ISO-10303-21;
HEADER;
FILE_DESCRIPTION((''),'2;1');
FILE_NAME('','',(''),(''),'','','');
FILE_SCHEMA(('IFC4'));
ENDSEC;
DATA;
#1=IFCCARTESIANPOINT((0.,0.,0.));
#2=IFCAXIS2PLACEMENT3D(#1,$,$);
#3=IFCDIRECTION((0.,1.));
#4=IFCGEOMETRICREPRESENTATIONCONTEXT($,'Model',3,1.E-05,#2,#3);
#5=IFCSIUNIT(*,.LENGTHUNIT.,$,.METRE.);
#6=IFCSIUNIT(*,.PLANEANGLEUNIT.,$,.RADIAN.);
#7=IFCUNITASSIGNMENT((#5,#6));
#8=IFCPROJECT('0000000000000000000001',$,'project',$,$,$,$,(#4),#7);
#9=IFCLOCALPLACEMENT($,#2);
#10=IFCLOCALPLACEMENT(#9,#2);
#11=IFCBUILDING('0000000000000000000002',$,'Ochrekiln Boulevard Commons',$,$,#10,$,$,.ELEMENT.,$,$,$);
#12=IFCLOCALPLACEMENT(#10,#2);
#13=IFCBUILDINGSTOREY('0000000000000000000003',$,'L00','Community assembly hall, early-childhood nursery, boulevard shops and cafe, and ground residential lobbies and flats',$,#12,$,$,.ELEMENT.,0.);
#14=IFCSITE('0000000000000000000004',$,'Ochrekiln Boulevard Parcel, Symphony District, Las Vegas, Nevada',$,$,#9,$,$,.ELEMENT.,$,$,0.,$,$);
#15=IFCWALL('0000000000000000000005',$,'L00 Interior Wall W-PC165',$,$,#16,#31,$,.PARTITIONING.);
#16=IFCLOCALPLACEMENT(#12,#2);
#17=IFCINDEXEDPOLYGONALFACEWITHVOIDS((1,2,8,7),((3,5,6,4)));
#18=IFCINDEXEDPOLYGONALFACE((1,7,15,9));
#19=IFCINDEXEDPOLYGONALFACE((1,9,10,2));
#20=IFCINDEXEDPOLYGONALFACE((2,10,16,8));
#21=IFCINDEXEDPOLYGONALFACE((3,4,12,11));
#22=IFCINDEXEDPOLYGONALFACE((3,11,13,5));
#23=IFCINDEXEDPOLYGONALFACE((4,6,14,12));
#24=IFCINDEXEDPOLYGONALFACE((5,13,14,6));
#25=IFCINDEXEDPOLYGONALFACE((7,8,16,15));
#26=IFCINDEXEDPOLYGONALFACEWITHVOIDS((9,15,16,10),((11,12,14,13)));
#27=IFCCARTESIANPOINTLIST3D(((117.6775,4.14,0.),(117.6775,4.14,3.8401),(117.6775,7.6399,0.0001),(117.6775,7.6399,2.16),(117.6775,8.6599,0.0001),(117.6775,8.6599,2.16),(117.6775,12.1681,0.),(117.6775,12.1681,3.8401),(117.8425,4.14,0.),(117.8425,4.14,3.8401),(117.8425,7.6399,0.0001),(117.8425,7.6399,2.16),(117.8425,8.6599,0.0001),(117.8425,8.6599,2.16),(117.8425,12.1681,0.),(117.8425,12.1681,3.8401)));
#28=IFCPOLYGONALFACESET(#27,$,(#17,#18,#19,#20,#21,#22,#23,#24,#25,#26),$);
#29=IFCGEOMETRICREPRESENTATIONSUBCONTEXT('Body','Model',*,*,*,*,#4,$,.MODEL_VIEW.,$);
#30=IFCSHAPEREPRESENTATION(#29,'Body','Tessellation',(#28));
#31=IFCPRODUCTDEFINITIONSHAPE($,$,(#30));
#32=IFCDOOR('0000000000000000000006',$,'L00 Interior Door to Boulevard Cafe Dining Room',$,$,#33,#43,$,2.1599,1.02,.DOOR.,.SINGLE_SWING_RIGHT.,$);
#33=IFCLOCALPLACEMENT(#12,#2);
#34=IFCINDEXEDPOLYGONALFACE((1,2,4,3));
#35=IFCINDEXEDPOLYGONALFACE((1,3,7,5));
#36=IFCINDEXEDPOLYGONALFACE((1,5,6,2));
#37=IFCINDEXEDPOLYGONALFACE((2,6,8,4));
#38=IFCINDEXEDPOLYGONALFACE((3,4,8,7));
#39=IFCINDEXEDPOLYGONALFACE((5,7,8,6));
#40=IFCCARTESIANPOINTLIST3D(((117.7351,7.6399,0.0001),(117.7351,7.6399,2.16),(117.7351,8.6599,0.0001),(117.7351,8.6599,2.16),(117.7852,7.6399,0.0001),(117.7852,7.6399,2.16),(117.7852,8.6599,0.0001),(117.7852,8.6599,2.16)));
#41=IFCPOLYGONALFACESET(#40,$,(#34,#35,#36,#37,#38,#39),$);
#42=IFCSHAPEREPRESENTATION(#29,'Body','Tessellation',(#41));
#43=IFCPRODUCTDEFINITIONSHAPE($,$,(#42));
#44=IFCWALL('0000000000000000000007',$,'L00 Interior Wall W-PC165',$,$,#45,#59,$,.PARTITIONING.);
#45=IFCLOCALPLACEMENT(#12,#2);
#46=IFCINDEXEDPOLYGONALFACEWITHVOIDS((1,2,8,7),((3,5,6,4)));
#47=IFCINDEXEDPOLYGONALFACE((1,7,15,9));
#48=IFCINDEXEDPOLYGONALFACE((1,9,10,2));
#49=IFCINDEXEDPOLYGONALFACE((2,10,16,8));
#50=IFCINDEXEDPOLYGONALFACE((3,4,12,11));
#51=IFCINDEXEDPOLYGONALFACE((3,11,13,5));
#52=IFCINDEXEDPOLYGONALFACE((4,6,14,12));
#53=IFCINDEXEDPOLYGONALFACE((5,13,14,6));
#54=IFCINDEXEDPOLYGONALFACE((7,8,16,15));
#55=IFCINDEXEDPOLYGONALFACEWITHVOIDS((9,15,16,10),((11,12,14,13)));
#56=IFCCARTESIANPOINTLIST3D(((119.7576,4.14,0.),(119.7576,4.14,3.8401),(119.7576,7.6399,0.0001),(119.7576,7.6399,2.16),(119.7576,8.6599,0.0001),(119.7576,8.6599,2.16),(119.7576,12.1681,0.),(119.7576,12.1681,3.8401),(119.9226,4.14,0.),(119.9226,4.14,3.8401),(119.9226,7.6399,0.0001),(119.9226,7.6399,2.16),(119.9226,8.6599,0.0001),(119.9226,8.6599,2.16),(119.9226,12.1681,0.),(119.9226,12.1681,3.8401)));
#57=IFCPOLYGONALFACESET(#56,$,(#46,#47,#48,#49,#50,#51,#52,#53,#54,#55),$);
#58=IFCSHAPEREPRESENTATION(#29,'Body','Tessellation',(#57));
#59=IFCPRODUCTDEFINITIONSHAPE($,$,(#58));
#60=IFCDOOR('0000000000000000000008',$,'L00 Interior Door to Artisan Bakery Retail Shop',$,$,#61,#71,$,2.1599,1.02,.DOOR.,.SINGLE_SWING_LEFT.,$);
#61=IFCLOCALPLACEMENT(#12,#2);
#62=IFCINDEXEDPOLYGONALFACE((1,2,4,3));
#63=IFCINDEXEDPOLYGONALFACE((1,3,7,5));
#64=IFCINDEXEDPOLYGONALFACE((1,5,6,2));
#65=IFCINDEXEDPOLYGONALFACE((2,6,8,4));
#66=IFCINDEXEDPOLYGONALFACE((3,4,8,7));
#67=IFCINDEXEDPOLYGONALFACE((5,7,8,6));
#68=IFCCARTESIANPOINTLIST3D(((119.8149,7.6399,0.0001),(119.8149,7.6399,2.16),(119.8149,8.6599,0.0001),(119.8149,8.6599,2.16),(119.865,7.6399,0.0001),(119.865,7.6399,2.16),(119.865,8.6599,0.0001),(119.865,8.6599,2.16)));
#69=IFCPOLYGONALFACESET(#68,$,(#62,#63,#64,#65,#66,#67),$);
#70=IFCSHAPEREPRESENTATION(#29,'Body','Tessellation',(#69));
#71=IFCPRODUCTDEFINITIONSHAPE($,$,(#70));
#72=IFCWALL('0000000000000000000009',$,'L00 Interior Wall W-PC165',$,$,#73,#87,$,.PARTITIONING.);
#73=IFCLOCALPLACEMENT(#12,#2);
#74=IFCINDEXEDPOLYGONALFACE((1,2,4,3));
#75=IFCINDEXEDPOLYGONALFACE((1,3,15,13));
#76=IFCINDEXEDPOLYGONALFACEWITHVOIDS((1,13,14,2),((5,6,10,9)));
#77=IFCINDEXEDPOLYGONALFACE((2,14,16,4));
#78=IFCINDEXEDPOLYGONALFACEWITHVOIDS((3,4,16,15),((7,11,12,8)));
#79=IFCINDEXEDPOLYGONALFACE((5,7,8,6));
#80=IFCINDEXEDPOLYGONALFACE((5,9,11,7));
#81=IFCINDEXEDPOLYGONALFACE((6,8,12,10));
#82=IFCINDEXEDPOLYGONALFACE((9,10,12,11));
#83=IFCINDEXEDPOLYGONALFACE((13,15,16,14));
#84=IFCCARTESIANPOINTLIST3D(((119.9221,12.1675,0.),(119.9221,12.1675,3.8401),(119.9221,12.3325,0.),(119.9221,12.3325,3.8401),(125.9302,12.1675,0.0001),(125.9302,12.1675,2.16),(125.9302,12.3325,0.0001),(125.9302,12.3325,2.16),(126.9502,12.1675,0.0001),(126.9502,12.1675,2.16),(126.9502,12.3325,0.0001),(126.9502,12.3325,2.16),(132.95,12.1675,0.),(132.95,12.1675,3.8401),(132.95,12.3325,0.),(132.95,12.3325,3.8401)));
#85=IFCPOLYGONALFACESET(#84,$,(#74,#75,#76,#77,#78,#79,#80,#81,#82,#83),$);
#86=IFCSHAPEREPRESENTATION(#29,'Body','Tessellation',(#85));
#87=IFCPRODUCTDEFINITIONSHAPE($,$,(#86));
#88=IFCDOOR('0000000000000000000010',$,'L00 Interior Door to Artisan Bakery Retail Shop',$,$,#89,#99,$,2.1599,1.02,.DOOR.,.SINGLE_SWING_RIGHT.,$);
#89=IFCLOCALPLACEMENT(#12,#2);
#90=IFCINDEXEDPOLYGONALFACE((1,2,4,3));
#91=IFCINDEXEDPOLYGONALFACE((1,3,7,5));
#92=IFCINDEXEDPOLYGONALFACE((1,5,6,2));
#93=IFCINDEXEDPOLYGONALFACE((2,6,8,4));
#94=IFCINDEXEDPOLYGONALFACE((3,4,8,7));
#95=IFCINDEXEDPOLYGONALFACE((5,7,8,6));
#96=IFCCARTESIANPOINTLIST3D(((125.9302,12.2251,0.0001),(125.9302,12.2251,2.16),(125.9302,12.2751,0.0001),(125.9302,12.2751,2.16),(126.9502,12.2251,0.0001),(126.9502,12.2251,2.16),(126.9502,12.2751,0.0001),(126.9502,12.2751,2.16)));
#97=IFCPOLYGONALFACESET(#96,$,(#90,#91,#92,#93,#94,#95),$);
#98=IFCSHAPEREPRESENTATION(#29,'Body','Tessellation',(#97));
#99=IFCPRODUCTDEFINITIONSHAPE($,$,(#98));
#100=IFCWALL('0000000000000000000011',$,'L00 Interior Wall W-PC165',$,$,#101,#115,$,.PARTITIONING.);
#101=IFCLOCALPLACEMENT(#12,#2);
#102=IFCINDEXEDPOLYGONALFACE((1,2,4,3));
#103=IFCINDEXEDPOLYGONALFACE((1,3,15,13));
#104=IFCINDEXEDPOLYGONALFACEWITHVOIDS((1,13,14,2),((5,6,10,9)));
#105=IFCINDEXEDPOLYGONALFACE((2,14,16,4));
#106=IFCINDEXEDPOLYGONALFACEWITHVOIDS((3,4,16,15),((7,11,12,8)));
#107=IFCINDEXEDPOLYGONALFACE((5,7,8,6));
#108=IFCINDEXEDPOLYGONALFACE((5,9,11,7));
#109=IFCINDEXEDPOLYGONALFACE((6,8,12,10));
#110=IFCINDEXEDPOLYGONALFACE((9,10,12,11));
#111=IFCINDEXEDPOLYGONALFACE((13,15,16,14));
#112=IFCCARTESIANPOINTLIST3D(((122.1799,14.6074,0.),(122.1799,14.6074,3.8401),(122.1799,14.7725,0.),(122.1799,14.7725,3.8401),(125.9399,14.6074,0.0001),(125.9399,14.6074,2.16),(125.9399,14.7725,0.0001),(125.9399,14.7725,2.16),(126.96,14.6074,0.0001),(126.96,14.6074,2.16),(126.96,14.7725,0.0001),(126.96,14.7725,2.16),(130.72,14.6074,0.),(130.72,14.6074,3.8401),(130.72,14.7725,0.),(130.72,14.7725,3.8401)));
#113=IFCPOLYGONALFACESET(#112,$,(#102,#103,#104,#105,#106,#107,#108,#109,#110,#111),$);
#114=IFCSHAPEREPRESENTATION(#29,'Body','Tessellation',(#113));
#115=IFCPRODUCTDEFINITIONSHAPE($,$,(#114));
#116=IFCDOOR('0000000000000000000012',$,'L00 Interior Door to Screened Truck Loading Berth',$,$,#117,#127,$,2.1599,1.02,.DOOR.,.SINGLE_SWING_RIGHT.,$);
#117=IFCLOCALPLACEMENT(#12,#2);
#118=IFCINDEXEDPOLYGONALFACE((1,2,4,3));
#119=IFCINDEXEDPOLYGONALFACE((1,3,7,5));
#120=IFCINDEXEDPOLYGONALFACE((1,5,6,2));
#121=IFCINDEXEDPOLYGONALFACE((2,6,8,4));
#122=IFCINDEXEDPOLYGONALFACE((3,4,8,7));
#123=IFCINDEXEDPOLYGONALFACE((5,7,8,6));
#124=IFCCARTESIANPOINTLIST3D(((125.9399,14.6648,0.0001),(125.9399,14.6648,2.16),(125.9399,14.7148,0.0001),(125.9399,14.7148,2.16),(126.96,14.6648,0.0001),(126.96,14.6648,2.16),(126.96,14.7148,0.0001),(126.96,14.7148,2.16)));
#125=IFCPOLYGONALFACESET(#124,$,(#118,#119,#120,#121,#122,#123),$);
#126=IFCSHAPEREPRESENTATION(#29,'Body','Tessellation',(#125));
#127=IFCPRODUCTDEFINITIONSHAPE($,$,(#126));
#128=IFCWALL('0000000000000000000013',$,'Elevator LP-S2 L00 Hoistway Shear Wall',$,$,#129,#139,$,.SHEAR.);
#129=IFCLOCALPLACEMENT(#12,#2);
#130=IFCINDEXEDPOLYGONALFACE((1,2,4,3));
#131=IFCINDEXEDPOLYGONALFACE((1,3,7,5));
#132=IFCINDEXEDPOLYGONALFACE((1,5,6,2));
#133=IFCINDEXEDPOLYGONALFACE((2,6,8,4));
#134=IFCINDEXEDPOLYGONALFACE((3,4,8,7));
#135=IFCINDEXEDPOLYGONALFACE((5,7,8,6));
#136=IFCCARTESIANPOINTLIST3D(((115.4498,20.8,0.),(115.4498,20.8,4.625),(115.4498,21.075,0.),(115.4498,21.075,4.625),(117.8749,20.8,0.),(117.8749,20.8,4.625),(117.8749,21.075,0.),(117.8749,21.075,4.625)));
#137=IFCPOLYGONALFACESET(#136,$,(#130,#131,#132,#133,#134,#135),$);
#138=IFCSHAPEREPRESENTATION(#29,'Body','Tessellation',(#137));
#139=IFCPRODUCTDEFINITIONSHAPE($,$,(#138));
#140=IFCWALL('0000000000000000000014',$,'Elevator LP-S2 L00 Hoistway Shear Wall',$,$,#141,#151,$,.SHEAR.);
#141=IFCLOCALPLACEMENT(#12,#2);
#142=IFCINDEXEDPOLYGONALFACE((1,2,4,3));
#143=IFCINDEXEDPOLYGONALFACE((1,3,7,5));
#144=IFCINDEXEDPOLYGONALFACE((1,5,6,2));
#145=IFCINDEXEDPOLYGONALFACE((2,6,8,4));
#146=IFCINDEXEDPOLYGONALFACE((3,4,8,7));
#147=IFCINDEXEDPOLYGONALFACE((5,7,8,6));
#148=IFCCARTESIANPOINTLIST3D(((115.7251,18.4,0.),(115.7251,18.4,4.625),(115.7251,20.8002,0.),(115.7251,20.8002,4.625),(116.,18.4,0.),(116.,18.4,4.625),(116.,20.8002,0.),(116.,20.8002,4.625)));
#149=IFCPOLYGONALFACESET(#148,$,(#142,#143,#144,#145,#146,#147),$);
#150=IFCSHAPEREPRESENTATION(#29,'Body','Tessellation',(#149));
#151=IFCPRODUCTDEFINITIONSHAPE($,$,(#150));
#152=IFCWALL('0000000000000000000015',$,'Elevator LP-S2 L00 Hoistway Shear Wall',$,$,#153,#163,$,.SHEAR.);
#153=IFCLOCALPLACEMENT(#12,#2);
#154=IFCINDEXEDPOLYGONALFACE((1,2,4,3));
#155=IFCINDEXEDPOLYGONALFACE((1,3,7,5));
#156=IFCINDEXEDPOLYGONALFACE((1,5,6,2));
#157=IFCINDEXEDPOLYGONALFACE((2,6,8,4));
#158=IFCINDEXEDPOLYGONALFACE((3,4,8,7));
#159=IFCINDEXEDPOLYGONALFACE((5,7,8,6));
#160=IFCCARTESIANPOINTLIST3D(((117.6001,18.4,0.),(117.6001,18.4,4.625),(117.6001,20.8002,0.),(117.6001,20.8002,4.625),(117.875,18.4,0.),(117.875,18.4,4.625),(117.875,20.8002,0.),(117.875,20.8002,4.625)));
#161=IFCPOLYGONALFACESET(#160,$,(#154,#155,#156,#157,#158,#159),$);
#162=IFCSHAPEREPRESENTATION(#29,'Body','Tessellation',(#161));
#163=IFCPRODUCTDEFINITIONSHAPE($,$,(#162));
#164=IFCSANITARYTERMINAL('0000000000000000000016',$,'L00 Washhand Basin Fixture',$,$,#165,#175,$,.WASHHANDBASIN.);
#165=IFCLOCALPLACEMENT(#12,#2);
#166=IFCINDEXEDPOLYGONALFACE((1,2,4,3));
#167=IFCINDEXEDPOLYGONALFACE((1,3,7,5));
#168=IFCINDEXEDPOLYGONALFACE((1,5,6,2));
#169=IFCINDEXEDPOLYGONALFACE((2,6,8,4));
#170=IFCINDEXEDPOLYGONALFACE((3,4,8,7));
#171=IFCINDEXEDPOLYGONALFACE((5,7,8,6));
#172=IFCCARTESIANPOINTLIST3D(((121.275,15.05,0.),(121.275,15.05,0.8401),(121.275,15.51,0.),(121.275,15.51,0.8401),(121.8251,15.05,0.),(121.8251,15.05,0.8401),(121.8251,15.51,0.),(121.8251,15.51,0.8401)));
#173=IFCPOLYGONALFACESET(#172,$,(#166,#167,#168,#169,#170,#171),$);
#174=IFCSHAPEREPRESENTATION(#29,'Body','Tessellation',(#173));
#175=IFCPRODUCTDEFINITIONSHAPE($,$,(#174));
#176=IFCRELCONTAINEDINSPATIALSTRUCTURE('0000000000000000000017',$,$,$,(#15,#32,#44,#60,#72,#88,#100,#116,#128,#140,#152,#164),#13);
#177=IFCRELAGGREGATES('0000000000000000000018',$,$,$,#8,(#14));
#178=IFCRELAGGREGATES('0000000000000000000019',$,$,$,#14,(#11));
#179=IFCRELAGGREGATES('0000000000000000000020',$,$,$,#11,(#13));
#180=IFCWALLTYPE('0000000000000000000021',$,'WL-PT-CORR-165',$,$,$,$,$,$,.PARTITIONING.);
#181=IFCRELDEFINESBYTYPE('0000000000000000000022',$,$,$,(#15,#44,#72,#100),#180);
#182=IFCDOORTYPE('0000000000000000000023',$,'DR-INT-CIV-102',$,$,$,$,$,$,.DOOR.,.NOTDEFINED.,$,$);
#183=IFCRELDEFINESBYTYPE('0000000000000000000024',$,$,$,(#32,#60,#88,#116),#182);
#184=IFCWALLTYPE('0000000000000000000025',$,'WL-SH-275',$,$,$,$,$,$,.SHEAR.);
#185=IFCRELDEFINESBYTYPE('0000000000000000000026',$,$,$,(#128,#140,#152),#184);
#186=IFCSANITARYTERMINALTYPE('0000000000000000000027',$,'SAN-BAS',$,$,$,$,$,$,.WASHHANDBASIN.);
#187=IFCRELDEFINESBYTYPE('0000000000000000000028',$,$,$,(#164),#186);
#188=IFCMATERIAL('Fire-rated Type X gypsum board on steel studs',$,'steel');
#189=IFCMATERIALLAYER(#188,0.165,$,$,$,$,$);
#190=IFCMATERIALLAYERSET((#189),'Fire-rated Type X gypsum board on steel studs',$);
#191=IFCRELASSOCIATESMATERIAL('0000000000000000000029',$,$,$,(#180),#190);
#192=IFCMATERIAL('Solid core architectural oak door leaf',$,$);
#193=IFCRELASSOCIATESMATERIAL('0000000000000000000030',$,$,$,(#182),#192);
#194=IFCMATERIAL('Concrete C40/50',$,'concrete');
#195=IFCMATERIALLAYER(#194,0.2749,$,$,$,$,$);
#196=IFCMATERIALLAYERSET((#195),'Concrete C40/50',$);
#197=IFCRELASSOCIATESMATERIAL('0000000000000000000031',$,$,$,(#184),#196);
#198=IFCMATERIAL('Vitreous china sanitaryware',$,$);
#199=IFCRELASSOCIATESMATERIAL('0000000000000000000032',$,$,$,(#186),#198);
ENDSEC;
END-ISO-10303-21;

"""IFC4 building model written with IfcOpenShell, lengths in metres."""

from ifc_helpers import new_model, si_unit, direction, frame, frame_2d, origin, origin_2d, place, context, subcontext, project, spatial, rectangle, extrude, material, layer, layer_set, type_object, element, fill, save


model = new_model("IFC4")

# Units and contexts
model_context = context("Model", 3, precision=1e-05, world=origin(), true_north=direction((0.0, 1.0)))
body_context = subcontext(model_context, "Body", "Model", "MODEL_VIEW")
ifc_project = project(units=[si_unit("LENGTHUNIT", "METRE"), si_unit("PLANEANGLEUNIT", "RADIAN")], contexts=[model_context])

# Site, building, storey
site_placement = place(None, origin())
site = spatial("IfcSite", under=ifc_project, at=site_placement, Name="Ochrekiln Boulevard Parcel, Symphony District, Las Vegas, Nevada", CompositionType="ELEMENT", RefElevation=0.0)
building_placement = place(site_placement, origin())
building = spatial("IfcBuilding", under=site, at=building_placement, Name="Ochrekiln Boulevard Commons", CompositionType="ELEMENT")
storey_placement = place(building_placement, origin())
storey = spatial("IfcBuildingStorey", under=building, at=storey_placement, Name="L00", Description="Community assembly hall, early-childhood nursery, boulevard shops and cafe, and ground residential lobbies and flats", CompositionType="ELEMENT", Elevation=0.0)

# Walls, openings, doors
ifc_material_1 = material(Name="Solid core architectural oak door leaf")
ifc_material_2 = material(Name="Fire-rated Type X gypsum board on steel studs", Category="steel")
ifc_layer_1 = layer(ifc_material_2, 0.165)
ifc_layer_set_1 = layer_set([ifc_layer_1], Name="Fire-rated Type X gypsum board on steel studs")
wall_type_1 = type_object("IfcWallType", Name="WL-PT-CORR-165", PredefinedType="PARTITIONING", material=ifc_layer_set_1)
wall_1_placement = place(storey_placement, frame((117.76, 4.1399, 0.0), z_axis=(0.0, 0.0, 1.0), x_axis=(0.0, 1.0, 0.0)))
wall_1 = element("IfcWall", 1, at=wall_1_placement, inside=storey, type_object=wall_type_1, Name="L00 Interior Wall W-PC165", PredefinedType="PARTITIONING", context=body_context, shape_type="SweptSolid", body=[
    extrude(rectangle(XDim=8.0281, YDim=0.165, at=frame_2d((4.0142, 0.0))), origin(), (0.0, 0.0, 1.0), 3.8401),
])
opening_1_placement = place(wall_1_placement, frame((3.5, 0.0, 0.0)))
opening_1 = element("IfcOpeningElement", 2, at=opening_1_placement, cuts=wall_1, PredefinedType="OPENING", context=body_context, shape_type="SweptSolid", body=[
    extrude(rectangle(XDim=1.02, YDim=2.1599, at=frame_2d((0.51, 1.0801))), frame((0.0, 0.0925, 0.0), z_axis=(0.0, -1.0, 0.0), x_axis=(1.0, 0.0, 0.0)), (0.0, 0.0, 1.0), 0.1851),
])
door_type_1 = type_object("IfcDoorType", Name="DR-INT-CIV-102", OperationType="NOTDEFINED", PredefinedType="DOOR", material=ifc_material_1)
door_1_placement = place(opening_1_placement, origin())
door_1 = element("IfcDoor", 3, at=door_1_placement, inside=storey, type_object=door_type_1, Name="L00 Interior Door to Boulevard Cafe Dining Room", OperationType="SINGLE_SWING_RIGHT", OverallHeight=2.1599, OverallWidth=1.02, PredefinedType="DOOR", context=body_context, shape_type="SweptSolid", body=[
    extrude(rectangle(XDim=1.02, YDim=2.1599, at=frame_2d((0.51, 1.0801))), frame((0.0, 0.0249, 0.0), z_axis=(0.0, -1.0, 0.0), x_axis=(1.0, 0.0, 0.0)), (0.0, 0.0, 1.0), 0.05),
])
fill(opening_1, door_1)
wall_2_placement = place(storey_placement, frame((119.8401, 4.1399, 0.0), z_axis=(0.0, 0.0, 1.0), x_axis=(0.0, 1.0, 0.0)))
wall_2 = element("IfcWall", 4, at=wall_2_placement, inside=storey, type_object=wall_type_1, Name="L00 Interior Wall W-PC165", PredefinedType="PARTITIONING", context=body_context, shape_type="SweptSolid", body=[
    extrude(rectangle(XDim=8.0281, YDim=0.165, at=frame_2d((4.0142, 0.0))), origin(), (0.0, 0.0, 1.0), 3.8401),
])
opening_2_placement = place(wall_2_placement, frame((3.5, 0.0, 0.0)))
opening_2 = element("IfcOpeningElement", 5, at=opening_2_placement, cuts=wall_2, PredefinedType="OPENING", context=body_context, shape_type="SweptSolid", body=[
    extrude(rectangle(XDim=1.02, YDim=2.1599, at=frame_2d((0.51, 1.0801))), frame((0.0, 0.0925, 0.0), z_axis=(0.0, -1.0, 0.0), x_axis=(1.0, 0.0, 0.0)), (0.0, 0.0, 1.0), 0.1851),
])
door_2_placement = place(opening_2_placement, frame((1.02, 0.0, 0.0), z_axis=(0.0, 0.0, 1.0), x_axis=(-1.0, 0.0, 0.0)))
door_2 = element("IfcDoor", 6, at=door_2_placement, inside=storey, type_object=door_type_1, Name="L00 Interior Door to Artisan Bakery Retail Shop", OperationType="SINGLE_SWING_LEFT", OverallHeight=2.1599, OverallWidth=1.02, PredefinedType="DOOR", context=body_context, shape_type="SweptSolid", body=[
    extrude(rectangle(XDim=1.02, YDim=2.1599, at=frame_2d((0.51, 1.0801))), frame((0.0, 0.0249, 0.0), z_axis=(0.0, -1.0, 0.0), x_axis=(1.0, 0.0, 0.0)), (0.0, 0.0, 1.0), 0.05),
])
fill(opening_2, door_2)
wall_3_placement = place(storey_placement, frame((119.9221, 12.25, 0.0), z_axis=(0.0, 0.0, 1.0), x_axis=(1.0, 0.0, 0.0)))
wall_3 = element("IfcWall", 7, at=wall_3_placement, inside=storey, type_object=wall_type_1, Name="L00 Interior Wall W-PC165", PredefinedType="PARTITIONING", context=body_context, shape_type="SweptSolid", body=[
    extrude(rectangle(XDim=13.0278, YDim=0.165, at=frame_2d((6.5139, 0.0))), origin(), (0.0, 0.0, 1.0), 3.8401),
])
opening_3_placement = place(wall_3_placement, frame((6.0081, 0.0, 0.0)))
opening_3 = element("IfcOpeningElement", 8, at=opening_3_placement, cuts=wall_3, PredefinedType="OPENING", context=body_context, shape_type="SweptSolid", body=[
    extrude(rectangle(XDim=1.02, YDim=2.1599, at=frame_2d((0.51, 1.0801))), frame((0.0, 0.0925, 0.0), z_axis=(0.0, -1.0, 0.0), x_axis=(1.0, 0.0, 0.0)), (0.0, 0.0, 1.0), 0.1851),
])
door_3_placement = place(opening_3_placement, frame((1.02, 0.0, 0.0), z_axis=(0.0, 0.0, 1.0), x_axis=(-1.0, 0.0, 0.0)))
door_3 = element("IfcDoor", 9, at=door_3_placement, inside=storey, type_object=door_type_1, Name="L00 Interior Door to Artisan Bakery Retail Shop", OperationType="SINGLE_SWING_RIGHT", OverallHeight=2.1599, OverallWidth=1.02, PredefinedType="DOOR", context=body_context, shape_type="SweptSolid", body=[
    extrude(rectangle(XDim=1.02, YDim=2.1599, at=frame_2d((0.51, 1.0801))), frame((0.0, 0.0249, 0.0), z_axis=(0.0, -1.0, 0.0), x_axis=(1.0, 0.0, 0.0)), (0.0, 0.0, 1.0), 0.05),
])
fill(opening_3, door_3)
wall_4_placement = place(storey_placement, frame((122.1799, 14.6899, 0.0), z_axis=(0.0, 0.0, 1.0), x_axis=(1.0, 0.0, 0.0)))
wall_4 = element("IfcWall", 10, at=wall_4_placement, inside=storey, type_object=wall_type_1, Name="L00 Interior Wall W-PC165", PredefinedType="PARTITIONING", context=body_context, shape_type="SweptSolid", body=[
    extrude(rectangle(XDim=8.54, YDim=0.165, at=frame_2d((4.27, 0.0))), origin(), (0.0, 0.0, 1.0), 3.8401),
])
opening_4_placement = place(wall_4_placement, frame((3.76, 0.0, 0.0)))
opening_4 = element("IfcOpeningElement", 11, at=opening_4_placement, cuts=wall_4, PredefinedType="OPENING", context=body_context, shape_type="SweptSolid", body=[
    extrude(rectangle(XDim=1.02, YDim=2.1599, at=frame_2d((0.51, 1.0801))), frame((0.0, 0.0925, 0.0), z_axis=(0.0, -1.0, 0.0), x_axis=(1.0, 0.0, 0.0)), (0.0, 0.0, 1.0), 0.1851),
])
door_4_placement = place(opening_4_placement, origin())
door_4 = element("IfcDoor", 12, at=door_4_placement, inside=storey, type_object=door_type_1, Name="L00 Interior Door to Screened Truck Loading Berth", OperationType="SINGLE_SWING_RIGHT", OverallHeight=2.1599, OverallWidth=1.02, PredefinedType="DOOR", context=body_context, shape_type="SweptSolid", body=[
    extrude(rectangle(XDim=1.02, YDim=2.1599, at=frame_2d((0.51, 1.0801))), frame((0.0, 0.0249, 0.0), z_axis=(0.0, -1.0, 0.0), x_axis=(1.0, 0.0, 0.0)), (0.0, 0.0, 1.0), 0.05),
])
fill(opening_4, door_4)
ifc_material_3 = material(Name="Concrete C40/50", Category="concrete")
ifc_layer_2 = layer(ifc_material_3, 0.2749)
ifc_layer_set_2 = layer_set([ifc_layer_2], Name="Concrete C40/50")
wall_type_2 = type_object("IfcWallType", Name="WL-SH-275", PredefinedType="SHEAR", material=ifc_layer_set_2)

# Walls
wall_5_placement = place(storey_placement, frame((115.45, 20.9375, 0.0), z_axis=(0.0, 0.0, 1.0), x_axis=(1.0, 0.0, 0.0)))
element("IfcWall", 13, at=wall_5_placement, inside=storey, type_object=wall_type_2, Name="Elevator LP-S2 L00 Hoistway Shear Wall", PredefinedType="SHEAR", context=body_context, shape_type="SweptSolid", body=[
    extrude(rectangle(XDim=2.425, YDim=0.2749, at=frame_2d((1.2124, 0.0))), origin(), (0.0, 0.0, 1.0), 4.625),
])
for number, where, z_axis, x_axis, name in (
    (14, (115.8625, 18.3999, 0.0), (0.0, 0.0, 1.0), (0.0, 1.0, 0.0), "Elevator LP-S2 L00 Hoistway Shear Wall"),
    (15, (117.7375, 18.3999, 0.0), (0.0, 0.0, 1.0), (0.0, 1.0, 0.0), "Elevator LP-S2 L00 Hoistway Shear Wall"),
):
    element("IfcWall", number, at=place(storey_placement, frame(where, z_axis=z_axis, x_axis=x_axis)), inside=storey, type_object=wall_type_2, Name=name, PredefinedType="SHEAR", context=body_context, shape_type="SweptSolid", body=[
        extrude(rectangle(XDim=2.4001, YDim=0.2749, at=frame_2d((1.2002, 0.0))), origin(), (0.0, 0.0, 1.0), 4.625),
    ])

# Sanitary terminal
ifc_material_4 = material(Name="Vitreous china sanitaryware")
sanitary_terminal_type_1 = type_object("IfcSanitaryTerminalType", Name="SAN-BAS", PredefinedType="WASHHANDBASIN", material=ifc_material_4)
sanitary_terminal_1_placement = place(storey_placement, frame((121.55, 15.28, 0.0), z_axis=(0.0, 0.0, 1.0), x_axis=(1.0, 0.0, 0.0)))
element("IfcSanitaryTerminal", 16, at=sanitary_terminal_1_placement, inside=storey, type_object=sanitary_terminal_type_1, Name="L00 Washhand Basin Fixture", PredefinedType="WASHHANDBASIN", context=body_context, shape_type="SweptSolid", body=[
    extrude(rectangle(XDim=0.55, YDim=0.46, at=origin_2d()), origin(), (0.0, 0.0, 1.0), 0.8401),
])

save(model, "model.ifc")
